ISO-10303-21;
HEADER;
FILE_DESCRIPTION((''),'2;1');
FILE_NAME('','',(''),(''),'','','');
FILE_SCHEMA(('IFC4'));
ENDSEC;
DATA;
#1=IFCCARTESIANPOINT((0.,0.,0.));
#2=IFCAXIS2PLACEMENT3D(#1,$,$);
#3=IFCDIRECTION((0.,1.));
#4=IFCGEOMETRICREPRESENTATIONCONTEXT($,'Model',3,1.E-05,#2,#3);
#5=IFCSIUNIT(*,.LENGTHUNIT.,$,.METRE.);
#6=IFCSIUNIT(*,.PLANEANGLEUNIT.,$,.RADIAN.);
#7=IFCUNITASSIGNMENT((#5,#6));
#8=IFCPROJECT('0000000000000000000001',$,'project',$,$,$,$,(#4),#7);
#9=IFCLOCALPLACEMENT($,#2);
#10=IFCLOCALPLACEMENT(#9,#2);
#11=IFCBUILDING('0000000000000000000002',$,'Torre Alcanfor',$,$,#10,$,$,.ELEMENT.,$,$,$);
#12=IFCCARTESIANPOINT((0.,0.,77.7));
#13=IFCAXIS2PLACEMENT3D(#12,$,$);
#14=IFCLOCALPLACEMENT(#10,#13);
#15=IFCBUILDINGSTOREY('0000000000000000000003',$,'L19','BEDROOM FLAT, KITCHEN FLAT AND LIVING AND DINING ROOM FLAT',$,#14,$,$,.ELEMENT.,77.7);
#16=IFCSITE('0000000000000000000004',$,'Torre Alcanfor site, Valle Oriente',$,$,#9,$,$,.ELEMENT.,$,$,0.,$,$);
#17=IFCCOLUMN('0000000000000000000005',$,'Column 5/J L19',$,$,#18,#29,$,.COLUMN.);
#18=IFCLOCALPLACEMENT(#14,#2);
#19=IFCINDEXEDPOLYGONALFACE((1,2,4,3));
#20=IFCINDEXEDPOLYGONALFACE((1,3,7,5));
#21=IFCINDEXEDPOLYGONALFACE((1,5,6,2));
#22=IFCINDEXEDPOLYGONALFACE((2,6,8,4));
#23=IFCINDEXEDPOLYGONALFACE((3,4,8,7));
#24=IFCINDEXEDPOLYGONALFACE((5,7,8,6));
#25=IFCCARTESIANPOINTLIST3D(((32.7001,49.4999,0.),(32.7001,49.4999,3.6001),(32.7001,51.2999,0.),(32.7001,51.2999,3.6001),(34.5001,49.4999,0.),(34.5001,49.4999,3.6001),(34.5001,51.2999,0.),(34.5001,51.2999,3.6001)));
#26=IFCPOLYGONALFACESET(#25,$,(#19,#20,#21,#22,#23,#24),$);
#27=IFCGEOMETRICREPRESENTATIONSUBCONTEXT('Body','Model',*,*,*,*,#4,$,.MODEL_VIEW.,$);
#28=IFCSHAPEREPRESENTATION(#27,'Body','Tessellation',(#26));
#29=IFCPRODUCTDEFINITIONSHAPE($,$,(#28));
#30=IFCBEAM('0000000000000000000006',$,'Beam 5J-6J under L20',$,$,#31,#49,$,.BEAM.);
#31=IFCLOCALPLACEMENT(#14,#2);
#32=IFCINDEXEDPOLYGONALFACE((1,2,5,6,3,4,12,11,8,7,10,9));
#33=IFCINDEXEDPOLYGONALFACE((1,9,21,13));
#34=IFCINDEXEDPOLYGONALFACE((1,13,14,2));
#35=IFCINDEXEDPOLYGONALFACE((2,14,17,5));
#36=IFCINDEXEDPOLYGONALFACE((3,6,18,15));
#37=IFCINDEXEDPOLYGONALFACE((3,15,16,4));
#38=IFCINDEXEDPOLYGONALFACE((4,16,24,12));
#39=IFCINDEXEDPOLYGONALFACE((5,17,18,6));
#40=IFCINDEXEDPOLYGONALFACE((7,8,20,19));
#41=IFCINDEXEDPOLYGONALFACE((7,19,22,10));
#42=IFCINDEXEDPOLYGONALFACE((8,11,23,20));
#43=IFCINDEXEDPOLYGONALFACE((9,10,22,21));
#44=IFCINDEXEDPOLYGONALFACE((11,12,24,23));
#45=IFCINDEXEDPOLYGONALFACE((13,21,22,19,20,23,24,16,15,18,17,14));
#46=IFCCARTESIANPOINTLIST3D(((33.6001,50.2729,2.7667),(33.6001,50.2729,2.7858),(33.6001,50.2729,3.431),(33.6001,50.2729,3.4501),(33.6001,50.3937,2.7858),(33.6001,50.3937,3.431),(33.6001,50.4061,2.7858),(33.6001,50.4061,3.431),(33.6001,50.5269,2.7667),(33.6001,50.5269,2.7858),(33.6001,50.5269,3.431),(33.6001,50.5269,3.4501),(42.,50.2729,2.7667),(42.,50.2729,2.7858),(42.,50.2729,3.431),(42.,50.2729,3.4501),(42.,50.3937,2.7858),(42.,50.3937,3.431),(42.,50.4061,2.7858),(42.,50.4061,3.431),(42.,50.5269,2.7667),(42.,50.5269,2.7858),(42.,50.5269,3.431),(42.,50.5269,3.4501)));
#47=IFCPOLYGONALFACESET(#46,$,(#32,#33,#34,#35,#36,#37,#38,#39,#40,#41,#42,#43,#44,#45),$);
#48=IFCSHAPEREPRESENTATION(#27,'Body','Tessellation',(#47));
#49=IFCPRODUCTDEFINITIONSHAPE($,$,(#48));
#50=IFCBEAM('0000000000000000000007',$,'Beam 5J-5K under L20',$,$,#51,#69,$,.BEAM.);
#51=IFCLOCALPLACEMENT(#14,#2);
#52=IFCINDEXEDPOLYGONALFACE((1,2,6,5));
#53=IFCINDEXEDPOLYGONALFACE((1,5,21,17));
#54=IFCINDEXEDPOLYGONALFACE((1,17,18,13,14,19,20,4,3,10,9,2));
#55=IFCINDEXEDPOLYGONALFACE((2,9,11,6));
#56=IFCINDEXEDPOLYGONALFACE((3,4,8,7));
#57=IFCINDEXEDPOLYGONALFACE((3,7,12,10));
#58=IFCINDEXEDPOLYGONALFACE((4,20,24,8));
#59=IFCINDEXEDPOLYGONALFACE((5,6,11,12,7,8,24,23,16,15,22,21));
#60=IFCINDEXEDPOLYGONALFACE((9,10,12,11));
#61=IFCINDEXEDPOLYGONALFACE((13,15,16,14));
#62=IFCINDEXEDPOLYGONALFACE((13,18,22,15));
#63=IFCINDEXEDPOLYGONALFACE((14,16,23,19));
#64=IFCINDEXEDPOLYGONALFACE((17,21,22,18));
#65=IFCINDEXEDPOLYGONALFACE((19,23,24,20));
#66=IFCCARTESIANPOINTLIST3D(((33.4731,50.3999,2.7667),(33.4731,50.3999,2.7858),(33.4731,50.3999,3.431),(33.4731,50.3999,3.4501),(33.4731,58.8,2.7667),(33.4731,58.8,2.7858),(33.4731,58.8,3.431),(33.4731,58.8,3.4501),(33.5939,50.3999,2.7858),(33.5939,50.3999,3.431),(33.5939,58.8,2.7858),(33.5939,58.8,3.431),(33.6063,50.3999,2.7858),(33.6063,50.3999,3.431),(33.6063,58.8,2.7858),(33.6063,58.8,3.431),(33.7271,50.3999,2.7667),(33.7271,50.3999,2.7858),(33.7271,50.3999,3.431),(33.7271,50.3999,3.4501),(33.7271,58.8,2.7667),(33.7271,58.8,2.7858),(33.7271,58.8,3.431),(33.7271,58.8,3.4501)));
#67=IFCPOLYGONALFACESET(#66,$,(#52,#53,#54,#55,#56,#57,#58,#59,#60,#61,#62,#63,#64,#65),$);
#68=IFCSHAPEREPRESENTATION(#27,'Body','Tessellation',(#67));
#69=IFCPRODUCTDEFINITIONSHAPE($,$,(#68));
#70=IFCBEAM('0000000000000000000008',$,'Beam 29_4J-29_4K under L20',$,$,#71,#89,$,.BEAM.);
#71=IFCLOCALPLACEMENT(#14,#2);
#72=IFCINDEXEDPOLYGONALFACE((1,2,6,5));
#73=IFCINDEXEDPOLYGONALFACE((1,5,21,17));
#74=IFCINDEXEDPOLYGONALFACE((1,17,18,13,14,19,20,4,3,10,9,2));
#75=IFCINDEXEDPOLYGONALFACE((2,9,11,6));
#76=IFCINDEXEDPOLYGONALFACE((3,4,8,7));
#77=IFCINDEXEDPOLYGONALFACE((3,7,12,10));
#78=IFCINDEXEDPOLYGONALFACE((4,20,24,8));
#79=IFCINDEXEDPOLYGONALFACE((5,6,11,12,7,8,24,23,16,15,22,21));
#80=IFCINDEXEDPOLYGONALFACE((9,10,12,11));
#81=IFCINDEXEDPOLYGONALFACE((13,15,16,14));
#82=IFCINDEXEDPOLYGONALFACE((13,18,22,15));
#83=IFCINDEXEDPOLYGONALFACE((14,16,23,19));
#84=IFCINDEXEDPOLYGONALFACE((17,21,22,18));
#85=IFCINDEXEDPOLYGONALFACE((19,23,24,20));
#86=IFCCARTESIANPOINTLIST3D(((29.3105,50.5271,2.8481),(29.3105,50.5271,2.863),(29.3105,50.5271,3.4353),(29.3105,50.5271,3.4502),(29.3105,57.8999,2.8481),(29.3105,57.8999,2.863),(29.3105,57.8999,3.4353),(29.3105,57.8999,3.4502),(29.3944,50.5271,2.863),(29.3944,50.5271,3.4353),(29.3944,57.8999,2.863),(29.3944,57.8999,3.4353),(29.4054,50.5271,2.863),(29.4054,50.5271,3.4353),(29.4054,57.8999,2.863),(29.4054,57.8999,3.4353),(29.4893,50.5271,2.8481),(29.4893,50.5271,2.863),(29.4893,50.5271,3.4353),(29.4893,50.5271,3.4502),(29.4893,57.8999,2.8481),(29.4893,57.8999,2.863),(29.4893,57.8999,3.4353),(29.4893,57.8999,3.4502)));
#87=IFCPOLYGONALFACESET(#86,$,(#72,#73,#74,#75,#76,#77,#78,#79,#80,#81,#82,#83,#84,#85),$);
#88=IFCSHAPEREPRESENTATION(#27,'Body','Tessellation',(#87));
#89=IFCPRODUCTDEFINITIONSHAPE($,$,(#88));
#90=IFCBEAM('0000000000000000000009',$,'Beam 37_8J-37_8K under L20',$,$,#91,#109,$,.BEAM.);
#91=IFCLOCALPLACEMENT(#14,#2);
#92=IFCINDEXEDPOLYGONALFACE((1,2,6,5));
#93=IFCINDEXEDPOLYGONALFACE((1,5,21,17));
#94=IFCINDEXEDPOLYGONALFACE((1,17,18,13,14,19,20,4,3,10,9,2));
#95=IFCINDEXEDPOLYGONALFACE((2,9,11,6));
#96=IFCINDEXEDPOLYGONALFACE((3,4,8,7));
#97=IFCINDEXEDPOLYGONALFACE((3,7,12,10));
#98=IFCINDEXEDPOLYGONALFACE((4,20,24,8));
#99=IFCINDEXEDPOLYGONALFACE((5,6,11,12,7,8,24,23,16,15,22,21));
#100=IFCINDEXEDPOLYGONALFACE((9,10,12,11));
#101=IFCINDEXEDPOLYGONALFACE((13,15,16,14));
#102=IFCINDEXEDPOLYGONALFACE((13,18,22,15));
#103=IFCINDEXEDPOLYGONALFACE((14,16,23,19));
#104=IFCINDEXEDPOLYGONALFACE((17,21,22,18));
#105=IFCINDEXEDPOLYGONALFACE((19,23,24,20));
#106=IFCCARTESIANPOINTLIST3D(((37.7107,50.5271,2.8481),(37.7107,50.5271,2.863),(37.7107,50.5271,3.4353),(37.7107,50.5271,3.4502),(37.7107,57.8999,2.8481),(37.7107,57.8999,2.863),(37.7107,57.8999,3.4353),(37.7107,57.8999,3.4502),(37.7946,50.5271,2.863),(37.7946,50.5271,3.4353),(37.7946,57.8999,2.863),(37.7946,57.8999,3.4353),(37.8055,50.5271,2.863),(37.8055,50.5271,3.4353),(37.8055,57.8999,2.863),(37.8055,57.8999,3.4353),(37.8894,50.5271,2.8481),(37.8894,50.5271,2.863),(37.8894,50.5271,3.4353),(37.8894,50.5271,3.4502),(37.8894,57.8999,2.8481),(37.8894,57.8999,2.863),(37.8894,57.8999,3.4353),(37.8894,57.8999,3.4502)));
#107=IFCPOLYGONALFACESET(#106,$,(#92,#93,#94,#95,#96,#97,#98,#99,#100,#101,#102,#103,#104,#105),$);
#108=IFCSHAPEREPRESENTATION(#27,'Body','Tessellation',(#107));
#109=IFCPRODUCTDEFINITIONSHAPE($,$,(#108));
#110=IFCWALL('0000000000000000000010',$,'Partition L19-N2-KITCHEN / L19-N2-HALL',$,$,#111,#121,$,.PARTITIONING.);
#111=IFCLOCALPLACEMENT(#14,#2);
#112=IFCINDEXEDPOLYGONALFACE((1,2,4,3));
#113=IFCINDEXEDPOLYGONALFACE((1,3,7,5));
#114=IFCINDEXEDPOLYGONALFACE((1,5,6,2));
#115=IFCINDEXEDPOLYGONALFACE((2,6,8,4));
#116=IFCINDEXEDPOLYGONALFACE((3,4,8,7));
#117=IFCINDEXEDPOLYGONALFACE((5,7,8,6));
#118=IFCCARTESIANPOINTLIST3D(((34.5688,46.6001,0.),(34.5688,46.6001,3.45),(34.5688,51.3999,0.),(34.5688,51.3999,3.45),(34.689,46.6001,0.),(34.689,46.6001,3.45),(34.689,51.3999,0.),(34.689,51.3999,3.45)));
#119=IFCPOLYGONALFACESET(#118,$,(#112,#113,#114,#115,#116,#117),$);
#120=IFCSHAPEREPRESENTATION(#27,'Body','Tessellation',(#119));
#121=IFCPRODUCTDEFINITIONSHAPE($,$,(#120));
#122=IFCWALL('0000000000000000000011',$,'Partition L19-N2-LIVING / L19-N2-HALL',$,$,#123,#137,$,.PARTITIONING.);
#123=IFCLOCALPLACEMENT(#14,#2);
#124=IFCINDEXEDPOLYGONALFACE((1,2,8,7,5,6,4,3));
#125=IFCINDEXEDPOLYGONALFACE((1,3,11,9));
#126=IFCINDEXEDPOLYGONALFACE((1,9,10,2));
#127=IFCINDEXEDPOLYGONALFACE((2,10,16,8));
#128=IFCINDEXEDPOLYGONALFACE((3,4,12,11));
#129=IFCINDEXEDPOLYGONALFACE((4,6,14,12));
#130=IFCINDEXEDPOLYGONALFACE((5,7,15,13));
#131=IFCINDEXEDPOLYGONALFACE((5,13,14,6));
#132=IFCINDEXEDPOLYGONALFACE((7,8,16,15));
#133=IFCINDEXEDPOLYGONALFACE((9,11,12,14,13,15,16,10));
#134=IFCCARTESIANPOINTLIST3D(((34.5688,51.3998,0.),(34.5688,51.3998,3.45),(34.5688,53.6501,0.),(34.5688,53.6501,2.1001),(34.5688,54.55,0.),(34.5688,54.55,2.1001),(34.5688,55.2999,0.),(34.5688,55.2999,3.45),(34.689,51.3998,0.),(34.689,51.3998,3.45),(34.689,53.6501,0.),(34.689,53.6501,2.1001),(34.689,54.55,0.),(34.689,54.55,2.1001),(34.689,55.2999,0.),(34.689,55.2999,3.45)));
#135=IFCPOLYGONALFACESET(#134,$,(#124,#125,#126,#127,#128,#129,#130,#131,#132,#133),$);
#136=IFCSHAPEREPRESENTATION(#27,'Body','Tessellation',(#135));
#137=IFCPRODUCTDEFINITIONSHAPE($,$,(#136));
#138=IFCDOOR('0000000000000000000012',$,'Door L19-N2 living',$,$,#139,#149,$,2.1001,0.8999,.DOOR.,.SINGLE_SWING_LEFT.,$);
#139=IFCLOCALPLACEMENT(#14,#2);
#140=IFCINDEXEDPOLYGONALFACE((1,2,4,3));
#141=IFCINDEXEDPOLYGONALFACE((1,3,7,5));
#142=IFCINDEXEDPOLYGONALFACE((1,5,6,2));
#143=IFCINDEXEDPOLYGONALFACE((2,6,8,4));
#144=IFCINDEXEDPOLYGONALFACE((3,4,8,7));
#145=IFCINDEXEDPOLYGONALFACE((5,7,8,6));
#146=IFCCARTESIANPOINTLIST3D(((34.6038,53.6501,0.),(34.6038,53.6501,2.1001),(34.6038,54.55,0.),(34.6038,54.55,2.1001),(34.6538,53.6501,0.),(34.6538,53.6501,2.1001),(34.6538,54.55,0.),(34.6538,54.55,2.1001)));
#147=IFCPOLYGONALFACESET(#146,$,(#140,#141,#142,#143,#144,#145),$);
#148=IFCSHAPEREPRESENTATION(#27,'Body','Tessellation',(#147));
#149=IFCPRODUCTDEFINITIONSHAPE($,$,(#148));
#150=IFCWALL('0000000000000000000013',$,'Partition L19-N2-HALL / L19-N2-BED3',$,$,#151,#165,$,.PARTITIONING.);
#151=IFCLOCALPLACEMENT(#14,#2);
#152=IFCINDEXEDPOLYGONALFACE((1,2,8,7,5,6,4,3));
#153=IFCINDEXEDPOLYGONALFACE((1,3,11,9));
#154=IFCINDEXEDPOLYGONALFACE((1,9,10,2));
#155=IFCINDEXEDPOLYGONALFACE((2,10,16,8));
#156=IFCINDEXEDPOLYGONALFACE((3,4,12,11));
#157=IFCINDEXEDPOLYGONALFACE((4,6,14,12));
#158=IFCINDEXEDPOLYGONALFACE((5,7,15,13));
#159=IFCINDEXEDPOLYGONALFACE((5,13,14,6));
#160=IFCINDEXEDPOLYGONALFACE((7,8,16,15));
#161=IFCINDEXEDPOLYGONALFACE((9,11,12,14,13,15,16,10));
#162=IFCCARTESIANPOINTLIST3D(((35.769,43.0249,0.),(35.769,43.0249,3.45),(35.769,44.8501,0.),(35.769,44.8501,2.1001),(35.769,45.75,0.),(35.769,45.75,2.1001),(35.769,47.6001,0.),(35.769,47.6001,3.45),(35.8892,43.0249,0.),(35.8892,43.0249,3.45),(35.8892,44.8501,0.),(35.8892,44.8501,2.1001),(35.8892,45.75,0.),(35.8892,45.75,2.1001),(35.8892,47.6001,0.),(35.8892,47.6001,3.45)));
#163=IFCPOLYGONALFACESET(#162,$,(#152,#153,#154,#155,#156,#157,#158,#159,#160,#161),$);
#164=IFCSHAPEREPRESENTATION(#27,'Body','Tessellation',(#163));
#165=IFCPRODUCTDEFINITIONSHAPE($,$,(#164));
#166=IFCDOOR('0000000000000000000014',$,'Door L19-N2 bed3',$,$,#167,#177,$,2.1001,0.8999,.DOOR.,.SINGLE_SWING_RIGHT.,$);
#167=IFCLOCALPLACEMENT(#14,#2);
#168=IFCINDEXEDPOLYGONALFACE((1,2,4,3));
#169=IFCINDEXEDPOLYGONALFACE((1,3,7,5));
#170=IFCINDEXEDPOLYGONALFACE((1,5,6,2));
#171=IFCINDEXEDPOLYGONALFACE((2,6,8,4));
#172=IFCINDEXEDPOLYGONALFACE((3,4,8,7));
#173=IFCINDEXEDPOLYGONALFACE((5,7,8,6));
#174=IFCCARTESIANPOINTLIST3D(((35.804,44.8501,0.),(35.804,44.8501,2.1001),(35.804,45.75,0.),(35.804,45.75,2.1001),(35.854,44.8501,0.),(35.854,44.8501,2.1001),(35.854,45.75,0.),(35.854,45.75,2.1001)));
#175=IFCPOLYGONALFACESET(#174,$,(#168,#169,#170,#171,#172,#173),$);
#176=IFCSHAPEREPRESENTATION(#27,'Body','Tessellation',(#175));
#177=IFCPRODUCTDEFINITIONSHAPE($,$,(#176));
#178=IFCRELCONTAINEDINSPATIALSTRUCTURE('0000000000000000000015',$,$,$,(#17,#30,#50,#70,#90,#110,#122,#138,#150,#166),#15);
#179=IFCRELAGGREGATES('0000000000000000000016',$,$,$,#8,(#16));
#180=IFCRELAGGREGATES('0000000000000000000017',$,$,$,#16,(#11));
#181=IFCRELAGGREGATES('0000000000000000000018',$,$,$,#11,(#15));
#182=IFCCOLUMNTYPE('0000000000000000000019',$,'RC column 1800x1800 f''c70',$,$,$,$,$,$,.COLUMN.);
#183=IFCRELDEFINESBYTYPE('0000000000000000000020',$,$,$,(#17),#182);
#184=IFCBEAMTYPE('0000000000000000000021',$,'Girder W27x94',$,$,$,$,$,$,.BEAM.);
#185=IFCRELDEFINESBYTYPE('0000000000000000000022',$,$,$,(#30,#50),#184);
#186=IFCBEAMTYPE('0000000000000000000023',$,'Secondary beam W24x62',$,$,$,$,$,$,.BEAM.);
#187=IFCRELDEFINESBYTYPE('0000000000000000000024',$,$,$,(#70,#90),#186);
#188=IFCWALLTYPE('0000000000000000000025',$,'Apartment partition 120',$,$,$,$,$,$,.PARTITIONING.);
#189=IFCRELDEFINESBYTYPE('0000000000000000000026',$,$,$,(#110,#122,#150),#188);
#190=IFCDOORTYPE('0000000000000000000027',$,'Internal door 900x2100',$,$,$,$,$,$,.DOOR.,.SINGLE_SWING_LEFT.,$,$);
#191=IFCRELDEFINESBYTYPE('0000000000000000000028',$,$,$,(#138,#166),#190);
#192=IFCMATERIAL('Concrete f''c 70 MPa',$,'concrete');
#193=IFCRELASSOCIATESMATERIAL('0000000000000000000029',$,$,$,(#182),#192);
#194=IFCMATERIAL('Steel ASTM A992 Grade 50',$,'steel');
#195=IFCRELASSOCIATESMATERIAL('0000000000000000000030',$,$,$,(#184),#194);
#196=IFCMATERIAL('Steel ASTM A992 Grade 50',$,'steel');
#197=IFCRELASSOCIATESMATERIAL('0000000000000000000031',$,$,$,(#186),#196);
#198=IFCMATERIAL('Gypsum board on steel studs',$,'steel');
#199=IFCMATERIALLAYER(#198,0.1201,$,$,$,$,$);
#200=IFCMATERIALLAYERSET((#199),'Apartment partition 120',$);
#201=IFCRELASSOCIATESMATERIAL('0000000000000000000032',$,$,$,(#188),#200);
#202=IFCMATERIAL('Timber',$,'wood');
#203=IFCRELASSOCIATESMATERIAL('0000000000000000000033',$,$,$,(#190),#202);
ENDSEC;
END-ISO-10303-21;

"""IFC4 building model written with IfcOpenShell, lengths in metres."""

from ifc_helpers import new_model, si_unit, direction, frame, frame_2d, origin, origin_2d, place, context, subcontext, project, spatial, rectangle, i_section, extrude, material, layer, layer_set, material_profile, profile_set, type_object, element, fill, save


model = new_model("IFC4")

# Units and contexts
model_context = context("Model", 3, precision=1e-05, world=origin(), true_north=direction((0.0, 1.0)))
body_context = subcontext(model_context, "Body", "Model", "MODEL_VIEW")
ifc_project = project(units=[si_unit("LENGTHUNIT", "METRE"), si_unit("PLANEANGLEUNIT", "RADIAN")], contexts=[model_context])

# Site, building, storey
site_placement = place(None, origin())
site = spatial("IfcSite", under=ifc_project, at=site_placement, Name="Torre Alcanfor site, Valle Oriente", CompositionType="ELEMENT", RefElevation=0.0)
building_placement = place(site_placement, origin())
building = spatial("IfcBuilding", under=site, at=building_placement, Name="Torre Alcanfor", CompositionType="ELEMENT")
storey_placement = place(building_placement, frame((0.0, 0.0, 77.7)))
storey = spatial("IfcBuildingStorey", under=building, at=storey_placement, Name="L19", Description="BEDROOM FLAT, KITCHEN FLAT AND LIVING AND DINING ROOM FLAT", CompositionType="ELEMENT", Elevation=77.7)

# Column
ifc_material_1 = material(Name="Concrete f'c 70 MPa", Category="concrete")
ifc_material_profile_1 = material_profile(ifc_material_1, rectangle(XDim=1.8, YDim=1.8, at=origin_2d()), Name="1800x1800")
ifc_profile_set_1 = profile_set([ifc_material_profile_1], Name="Concrete f'c 70 MPa")
column_type = type_object("IfcColumnType", Name="RC column 1800x1800 f'c70", PredefinedType="COLUMN", material=ifc_profile_set_1)
column_placement = place(storey_placement, frame((33.6001, 50.3999, 0.0), z_axis=(0.0, 0.0, 1.0), x_axis=(1.0, 0.0, 0.0)))
element("IfcColumn", 1, at=column_placement, inside=storey, type_object=column_type, Name="Column 5/J L19", PredefinedType="COLUMN", context=body_context, shape_type="SweptSolid", body=[
    extrude(rectangle(XDim=1.8, YDim=1.8, at=origin_2d()), origin(), (0.0, 0.0, 1.0), 3.6001),
])

# Beams
ifc_material_2 = material(Name="Steel ASTM A992 Grade 50", Category="steel")
ifc_material_profile_2 = material_profile(ifc_material_2, i_section(OverallWidth=0.2539, OverallDepth=0.6833, WebThickness=0.0125, FlangeThickness=0.019, at=origin_2d()), Name="W27x94")
ifc_profile_set_2 = profile_set([ifc_material_profile_2], Name="Steel ASTM A992 Grade 50")
beam_type_1 = type_object("IfcBeamType", Name="Girder W27x94", PredefinedType="BEAM", material=ifc_profile_set_2)
beam_1_placement = place(storey_placement, frame((33.6001, 50.3999, 3.1084), z_axis=(1.0, 0.0, 0.0), x_axis=(0.0, 1.0, 0.0)))
element("IfcBeam", 2, at=beam_1_placement, inside=storey, type_object=beam_type_1, Name="Beam 5J-6J under L20", PredefinedType="BEAM", context=body_context, shape_type="SweptSolid", body=[
    extrude(i_section(OverallWidth=0.2539, OverallDepth=0.6833, WebThickness=0.0125, FlangeThickness=0.019, at=origin_2d()), origin(), (0.0, 0.0, 1.0), 8.3999),
])
beam_2_placement = place(storey_placement, frame((33.6001, 50.3999, 3.1084), z_axis=(0.0, 1.0, 0.0), x_axis=(-1.0, 0.0, 0.0)))
element("IfcBeam", 3, at=beam_2_placement, inside=storey, type_object=beam_type_1, Name="Beam 5J-5K under L20", PredefinedType="BEAM", context=body_context, shape_type="SweptSolid", body=[
    extrude(i_section(OverallWidth=0.2539, OverallDepth=0.6833, WebThickness=0.0125, FlangeThickness=0.019, at=origin_2d()), origin(), (0.0, 0.0, 1.0), 8.4001),
])
ifc_material_3 = material(Name="Steel ASTM A992 Grade 50", Category="steel")
ifc_material_profile_3 = material_profile(ifc_material_3, i_section(OverallWidth=0.1787, OverallDepth=0.6021, WebThickness=0.011, FlangeThickness=0.0149, at=origin_2d()), Name="W24x62")
ifc_profile_set_3 = profile_set([ifc_material_profile_3], Name="Steel ASTM A992 Grade 50")
beam_type_2 = type_object("IfcBeamType", Name="Secondary beam W24x62", PredefinedType="BEAM", material=ifc_profile_set_3)
for number, where, z_axis, x_axis, name in (
    (4, (29.3999, 50.5271, 3.1492), (0.0, 1.0, 0.0), (-1.0, 0.0, 0.0), "Beam 29_4J-29_4K under L20"),
    (5, (37.8, 50.5271, 3.1492), (0.0, 1.0, 0.0), (-1.0, 0.0, 0.0), "Beam 37_8J-37_8K under L20"),
):
    element("IfcBeam", number, at=place(storey_placement, frame(where, z_axis=z_axis, x_axis=x_axis)), inside=storey, type_object=beam_type_2, Name=name, PredefinedType="BEAM", context=body_context, shape_type="SweptSolid", body=[
        extrude(i_section(OverallWidth=0.1787, OverallDepth=0.6021, WebThickness=0.011, FlangeThickness=0.0149, at=origin_2d()), origin(), (0.0, 0.0, 1.0), 7.3728),
    ])

# Wall
ifc_material_4 = material(Name="Gypsum board on steel studs", Category="steel")
ifc_layer_1 = layer(ifc_material_4, 0.1201)
ifc_layer_set_1 = layer_set([ifc_layer_1], Name="Apartment partition 120")
wall_type_1 = type_object("IfcWallType", Name="Apartment partition 120", PredefinedType="PARTITIONING", material=ifc_layer_set_1)
wall_1_placement = place(storey_placement, frame((34.6289, 51.3999, 0.0), z_axis=(0.0, 0.0, 1.0), x_axis=(0.0, -1.0, 0.0)))
element("IfcWall", 6, at=wall_1_placement, inside=storey, type_object=wall_type_1, Name="Partition L19-N2-KITCHEN / L19-N2-HALL", PredefinedType="PARTITIONING", context=body_context, shape_type="SweptSolid", body=[
    extrude(rectangle(XDim=4.7998, YDim=0.1201, at=frame_2d((2.3999, 0.0))), origin(), (0.0, 0.0, 1.0), 3.45),
])

# Walls, openings, doors
wall_2_placement = place(storey_placement, frame((34.6289, 55.3, 0.0), z_axis=(0.0, 0.0, 1.0), x_axis=(0.0, -1.0, 0.0)))
wall_2 = element("IfcWall", 7, at=wall_2_placement, inside=storey, type_object=wall_type_1, Name="Partition L19-N2-LIVING / L19-N2-HALL", PredefinedType="PARTITIONING", context=body_context, shape_type="SweptSolid", body=[
    extrude(rectangle(XDim=3.9001, YDim=0.1201, at=frame_2d((1.9502, 0.0))), origin(), (0.0, 0.0, 1.0), 3.45),
])
opening_1_placement = place(wall_2_placement, frame((0.75, 0.0, 0.0)))
opening_1 = element("IfcOpeningElement", 8, at=opening_1_placement, cuts=wall_2, PredefinedType="OPENING", context=body_context, shape_type="SweptSolid", body=[
    extrude(rectangle(XDim=0.8999, YDim=2.1001, at=frame_2d((0.45, 1.05))), frame((0.0, 0.0701, 0.0), z_axis=(0.0, -1.0, 0.0), x_axis=(1.0, 0.0, 0.0)), (0.0, 0.0, 1.0), 0.1401),
])
ifc_material_5 = material(Name="Timber", Category="wood")
door_type_1 = type_object("IfcDoorType", Name="Internal door 900x2100", OperationType="SINGLE_SWING_LEFT", PredefinedType="DOOR", material=ifc_material_5)
door_1_placement = place(opening_1_placement, frame((0.8999, 0.0, 0.0), z_axis=(0.0, 0.0, 1.0), x_axis=(-1.0, 0.0, 0.0)))
door_1 = element("IfcDoor", 9, at=door_1_placement, inside=storey, type_object=door_type_1, Name="Door L19-N2 living", OperationType="SINGLE_SWING_LEFT", OverallHeight=2.1001, OverallWidth=0.8999, PredefinedType="DOOR", context=body_context, shape_type="SweptSolid", body=[
    extrude(rectangle(XDim=0.8999, YDim=2.1001, at=frame_2d((0.45, 1.05))), frame((0.0, 0.0251, 0.0), z_axis=(0.0, -1.0, 0.0), x_axis=(1.0, 0.0, 0.0)), (0.0, 0.0, 1.0), 0.05),
])
fill(opening_1, door_1)
wall_3_placement = place(storey_placement, frame((35.8291, 47.6001, 0.0), z_axis=(0.0, 0.0, 1.0), x_axis=(0.0, -1.0, 0.0)))
wall_3 = element("IfcWall", 10, at=wall_3_placement, inside=storey, type_object=wall_type_1, Name="Partition L19-N2-HALL / L19-N2-BED3", PredefinedType="PARTITIONING", context=body_context, shape_type="SweptSolid", body=[
    extrude(rectangle(XDim=4.5752, YDim=0.1201, at=frame_2d((2.2876, 0.0))), origin(), (0.0, 0.0, 1.0), 3.45),
])
opening_2_placement = place(wall_3_placement, frame((1.8501, 0.0, 0.0)))
opening_2 = element("IfcOpeningElement", 11, at=opening_2_placement, cuts=wall_3, PredefinedType="OPENING", context=body_context, shape_type="SweptSolid", body=[
    extrude(rectangle(XDim=0.8999, YDim=2.1001, at=frame_2d((0.45, 1.05))), frame((0.0, 0.0701, 0.0), z_axis=(0.0, -1.0, 0.0), x_axis=(1.0, 0.0, 0.0)), (0.0, 0.0, 1.0), 0.1401),
])
door_2_placement = place(opening_2_placement, origin())
door_2 = element("IfcDoor", 12, at=door_2_placement, inside=storey, type_object=door_type_1, Name="Door L19-N2 bed3", OperationType="SINGLE_SWING_RIGHT", OverallHeight=2.1001, OverallWidth=0.8999, PredefinedType="DOOR", context=body_context, shape_type="SweptSolid", body=[
    extrude(rectangle(XDim=0.8999, YDim=2.1001, at=frame_2d((0.45, 1.05))), frame((0.0, 0.0249, 0.0), z_axis=(0.0, -1.0, 0.0), x_axis=(1.0, 0.0, 0.0)), (0.0, 0.0, 1.0), 0.05),
])
fill(opening_2, door_2)

save(model, "model.ifc")
